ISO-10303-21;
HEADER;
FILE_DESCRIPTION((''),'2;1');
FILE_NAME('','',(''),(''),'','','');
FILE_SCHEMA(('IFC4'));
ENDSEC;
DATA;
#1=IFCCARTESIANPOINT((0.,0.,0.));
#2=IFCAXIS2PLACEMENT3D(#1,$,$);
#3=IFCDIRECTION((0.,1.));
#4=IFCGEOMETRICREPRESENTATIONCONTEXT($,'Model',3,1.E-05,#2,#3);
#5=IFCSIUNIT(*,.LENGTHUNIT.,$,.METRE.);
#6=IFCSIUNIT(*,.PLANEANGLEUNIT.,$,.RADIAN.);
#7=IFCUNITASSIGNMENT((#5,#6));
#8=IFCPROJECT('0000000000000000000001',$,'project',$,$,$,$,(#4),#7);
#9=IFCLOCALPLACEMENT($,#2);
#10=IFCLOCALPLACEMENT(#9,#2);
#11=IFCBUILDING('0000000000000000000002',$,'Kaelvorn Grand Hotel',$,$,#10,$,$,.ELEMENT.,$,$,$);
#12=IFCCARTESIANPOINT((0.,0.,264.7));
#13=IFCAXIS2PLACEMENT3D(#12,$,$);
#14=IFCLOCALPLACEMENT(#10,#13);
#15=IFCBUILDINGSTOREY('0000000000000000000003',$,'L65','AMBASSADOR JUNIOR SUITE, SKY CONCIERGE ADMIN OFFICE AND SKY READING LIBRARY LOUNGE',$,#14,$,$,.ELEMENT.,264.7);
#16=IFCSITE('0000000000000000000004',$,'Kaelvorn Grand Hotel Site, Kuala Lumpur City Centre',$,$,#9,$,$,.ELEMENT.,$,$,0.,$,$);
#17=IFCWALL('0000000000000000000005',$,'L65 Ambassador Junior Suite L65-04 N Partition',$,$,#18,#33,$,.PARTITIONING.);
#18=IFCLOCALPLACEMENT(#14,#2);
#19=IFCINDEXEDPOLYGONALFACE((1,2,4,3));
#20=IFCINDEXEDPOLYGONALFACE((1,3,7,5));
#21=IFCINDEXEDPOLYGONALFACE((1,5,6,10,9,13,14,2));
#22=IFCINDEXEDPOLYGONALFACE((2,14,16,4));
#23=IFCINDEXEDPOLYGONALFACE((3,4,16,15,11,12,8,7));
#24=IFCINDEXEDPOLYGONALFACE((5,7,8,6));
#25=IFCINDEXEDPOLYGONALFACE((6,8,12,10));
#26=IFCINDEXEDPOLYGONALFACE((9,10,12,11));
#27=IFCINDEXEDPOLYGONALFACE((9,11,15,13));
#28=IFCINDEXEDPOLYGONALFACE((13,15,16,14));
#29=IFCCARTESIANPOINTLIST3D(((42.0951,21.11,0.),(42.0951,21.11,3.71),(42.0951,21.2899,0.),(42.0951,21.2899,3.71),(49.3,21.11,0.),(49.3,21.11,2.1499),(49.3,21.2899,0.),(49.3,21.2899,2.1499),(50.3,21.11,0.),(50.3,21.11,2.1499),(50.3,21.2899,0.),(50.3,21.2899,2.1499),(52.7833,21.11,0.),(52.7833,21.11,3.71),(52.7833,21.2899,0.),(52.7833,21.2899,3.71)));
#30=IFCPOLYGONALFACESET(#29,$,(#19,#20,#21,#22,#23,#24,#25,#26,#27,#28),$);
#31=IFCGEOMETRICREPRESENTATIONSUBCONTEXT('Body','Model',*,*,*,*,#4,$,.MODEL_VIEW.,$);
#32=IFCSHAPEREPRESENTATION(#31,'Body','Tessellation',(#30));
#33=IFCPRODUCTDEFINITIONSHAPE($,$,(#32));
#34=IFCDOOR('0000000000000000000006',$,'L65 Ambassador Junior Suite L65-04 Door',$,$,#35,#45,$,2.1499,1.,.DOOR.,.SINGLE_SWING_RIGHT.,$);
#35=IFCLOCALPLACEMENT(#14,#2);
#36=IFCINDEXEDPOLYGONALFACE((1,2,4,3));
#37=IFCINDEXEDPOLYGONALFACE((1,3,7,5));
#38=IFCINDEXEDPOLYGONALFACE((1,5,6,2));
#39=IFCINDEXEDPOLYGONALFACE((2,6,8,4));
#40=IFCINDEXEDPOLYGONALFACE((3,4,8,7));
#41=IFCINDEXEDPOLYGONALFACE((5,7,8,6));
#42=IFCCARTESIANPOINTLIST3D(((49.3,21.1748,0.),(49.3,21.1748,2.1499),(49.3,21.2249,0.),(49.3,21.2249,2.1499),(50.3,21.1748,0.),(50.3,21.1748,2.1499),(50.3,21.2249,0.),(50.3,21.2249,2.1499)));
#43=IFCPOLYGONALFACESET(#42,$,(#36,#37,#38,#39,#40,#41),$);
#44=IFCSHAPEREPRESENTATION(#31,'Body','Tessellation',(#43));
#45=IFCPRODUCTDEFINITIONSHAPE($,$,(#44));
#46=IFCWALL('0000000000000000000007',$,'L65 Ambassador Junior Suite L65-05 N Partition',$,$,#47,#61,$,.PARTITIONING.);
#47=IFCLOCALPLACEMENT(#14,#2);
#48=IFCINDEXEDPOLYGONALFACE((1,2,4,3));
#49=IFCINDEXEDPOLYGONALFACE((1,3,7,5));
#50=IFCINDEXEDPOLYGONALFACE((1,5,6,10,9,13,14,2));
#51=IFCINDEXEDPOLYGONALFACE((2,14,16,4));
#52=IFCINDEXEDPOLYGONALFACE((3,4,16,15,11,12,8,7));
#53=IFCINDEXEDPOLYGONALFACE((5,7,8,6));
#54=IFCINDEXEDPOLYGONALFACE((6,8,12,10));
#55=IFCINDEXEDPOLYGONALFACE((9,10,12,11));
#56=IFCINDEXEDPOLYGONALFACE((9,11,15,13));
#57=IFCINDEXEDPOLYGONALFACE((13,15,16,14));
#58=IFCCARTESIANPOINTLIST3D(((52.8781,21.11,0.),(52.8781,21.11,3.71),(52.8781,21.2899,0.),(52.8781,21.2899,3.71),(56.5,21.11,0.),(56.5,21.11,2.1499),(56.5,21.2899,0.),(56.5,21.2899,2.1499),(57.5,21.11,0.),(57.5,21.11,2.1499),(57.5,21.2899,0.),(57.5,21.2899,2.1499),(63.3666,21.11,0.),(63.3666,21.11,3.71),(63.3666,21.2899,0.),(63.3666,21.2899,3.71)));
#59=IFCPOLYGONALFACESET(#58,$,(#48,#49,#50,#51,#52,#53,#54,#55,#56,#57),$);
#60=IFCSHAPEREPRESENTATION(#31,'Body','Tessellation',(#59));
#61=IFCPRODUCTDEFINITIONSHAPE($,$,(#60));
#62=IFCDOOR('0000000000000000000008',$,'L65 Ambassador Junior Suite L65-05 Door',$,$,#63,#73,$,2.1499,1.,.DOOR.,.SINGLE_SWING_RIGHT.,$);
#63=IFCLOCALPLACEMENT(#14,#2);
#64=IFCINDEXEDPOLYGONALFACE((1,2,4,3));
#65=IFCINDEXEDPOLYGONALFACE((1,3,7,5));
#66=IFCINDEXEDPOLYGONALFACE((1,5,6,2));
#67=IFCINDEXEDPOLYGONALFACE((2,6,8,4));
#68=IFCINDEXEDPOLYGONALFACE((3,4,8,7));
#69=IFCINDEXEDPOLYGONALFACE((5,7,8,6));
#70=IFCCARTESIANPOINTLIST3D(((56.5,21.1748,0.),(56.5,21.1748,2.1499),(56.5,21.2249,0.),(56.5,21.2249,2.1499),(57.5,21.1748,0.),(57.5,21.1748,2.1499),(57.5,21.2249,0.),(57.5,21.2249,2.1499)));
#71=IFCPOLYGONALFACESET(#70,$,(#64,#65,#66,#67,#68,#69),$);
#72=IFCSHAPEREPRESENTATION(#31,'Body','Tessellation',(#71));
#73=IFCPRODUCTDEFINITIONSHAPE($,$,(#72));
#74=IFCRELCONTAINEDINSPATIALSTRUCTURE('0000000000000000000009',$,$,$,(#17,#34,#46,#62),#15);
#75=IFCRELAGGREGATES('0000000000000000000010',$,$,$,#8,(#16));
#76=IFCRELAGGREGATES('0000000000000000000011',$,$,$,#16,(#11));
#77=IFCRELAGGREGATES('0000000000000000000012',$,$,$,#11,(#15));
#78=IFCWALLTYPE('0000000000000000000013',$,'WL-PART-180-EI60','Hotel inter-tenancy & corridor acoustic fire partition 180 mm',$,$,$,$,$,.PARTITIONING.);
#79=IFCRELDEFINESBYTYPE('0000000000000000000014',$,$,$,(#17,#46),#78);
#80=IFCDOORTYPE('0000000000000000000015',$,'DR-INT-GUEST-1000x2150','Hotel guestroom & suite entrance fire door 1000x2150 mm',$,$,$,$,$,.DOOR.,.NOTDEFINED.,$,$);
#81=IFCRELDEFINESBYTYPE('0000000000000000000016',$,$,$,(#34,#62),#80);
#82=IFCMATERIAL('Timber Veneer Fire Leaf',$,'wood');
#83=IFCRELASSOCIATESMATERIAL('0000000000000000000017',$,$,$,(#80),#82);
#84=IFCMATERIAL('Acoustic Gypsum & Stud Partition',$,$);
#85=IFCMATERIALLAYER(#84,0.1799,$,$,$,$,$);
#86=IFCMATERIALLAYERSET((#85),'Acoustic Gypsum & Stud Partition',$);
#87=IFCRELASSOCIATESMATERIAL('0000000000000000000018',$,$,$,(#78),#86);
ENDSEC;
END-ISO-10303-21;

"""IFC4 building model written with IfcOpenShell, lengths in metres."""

from ifc_helpers import new_model, si_unit, direction, frame, frame_2d, origin, place, context, subcontext, project, spatial, rectangle, extrude, material, layer, layer_set, type_object, element, fill, save


model = new_model("IFC4")

# Units and contexts
model_context = context("Model", 3, precision=1e-05, world=origin(), true_north=direction((0.0, 1.0)))
body_context = subcontext(model_context, "Body", "Model", "MODEL_VIEW")
ifc_project = project(units=[si_unit("LENGTHUNIT", "METRE"), si_unit("PLANEANGLEUNIT", "RADIAN")], contexts=[model_context])

# Site, building, storey
site_placement = place(None, origin())
site = spatial("IfcSite", under=ifc_project, at=site_placement, Name="Kaelvorn Grand Hotel Site, Kuala Lumpur City Centre", CompositionType="ELEMENT", RefElevation=0.0)
building_placement = place(site_placement, origin())
building = spatial("IfcBuilding", under=site, at=building_placement, Name="Kaelvorn Grand Hotel", CompositionType="ELEMENT")
storey_placement = place(building_placement, frame((0.0, 0.0, 264.7)))
storey = spatial("IfcBuildingStorey", under=building, at=storey_placement, Name="L65", Description="AMBASSADOR JUNIOR SUITE, SKY CONCIERGE ADMIN OFFICE AND SKY READING LIBRARY LOUNGE", CompositionType="ELEMENT", Elevation=264.7)

# Shared definitions
ifc_material_1 = material(Name="Acoustic Gypsum & Stud Partition")

# Shared definitions
ifc_material_2 = material(Name="Timber Veneer Fire Leaf", Category="wood")
door_type_1 = type_object("IfcDoorType", Name="DR-INT-GUEST-1000x2150", Description="Hotel guestroom & suite entrance fire door 1000x2150 mm", OperationType="NOTDEFINED", PredefinedType="DOOR", material=ifc_material_2)

# Walls, openings, doors
ifc_layer_1 = layer(ifc_material_1, 0.1799)
ifc_layer_set_1 = layer_set([ifc_layer_1], Name="Acoustic Gypsum & Stud Partition")
wall_type_1 = type_object("IfcWallType", Name="WL-PART-180-EI60", Description="Hotel inter-tenancy & corridor acoustic fire partition 180 mm", PredefinedType="PARTITIONING", material=ifc_layer_set_1)
wall_1_placement = place(storey_placement, frame((42.095, 21.2, 0.0), z_axis=(0.0, 0.0, 1.0), x_axis=(1.0, 0.0, 0.0)))
wall_1 = element("IfcWall", 1, at=wall_1_placement, inside=storey, type_object=wall_type_1, Name="L65 Ambassador Junior Suite L65-04 N Partition", PredefinedType="PARTITIONING", context=body_context, shape_type="SweptSolid", body=[
    extrude(rectangle(XDim=10.6882, YDim=0.1799, at=frame_2d((5.3442, 0.0))), origin(), (0.0, 0.0, 1.0), 3.71),
])
opening_1_placement = place(wall_1_placement, frame((7.2051, 0.0, 0.0)))
opening_1 = element("IfcOpeningElement", 2, at=opening_1_placement, cuts=wall_1, PredefinedType="OPENING", context=body_context, shape_type="SweptSolid", body=[
    extrude(rectangle(XDim=1.0, YDim=2.1499, at=frame_2d((0.5, 1.075))), frame((0.0, 0.1001, 0.0), z_axis=(0.0, -1.0, 0.0), x_axis=(1.0, 0.0, 0.0)), (0.0, 0.0, 1.0), 0.2),
])
door_1_placement = place(opening_1_placement, origin())
door_1 = element("IfcDoor", 3, at=door_1_placement, inside=storey, type_object=door_type_1, Name="L65 Ambassador Junior Suite L65-04 Door", OperationType="SINGLE_SWING_RIGHT", OverallHeight=2.1499, OverallWidth=1.0, PredefinedType="DOOR", context=body_context, shape_type="SweptSolid", body=[
    extrude(rectangle(XDim=1.0, YDim=2.1499, at=frame_2d((0.5, 1.075))), frame((0.0, 0.0249, 0.0), z_axis=(0.0, -1.0, 0.0), x_axis=(1.0, 0.0, 0.0)), (0.0, 0.0, 1.0), 0.05),
])
fill(opening_1, door_1)
wall_2_placement = place(storey_placement, frame((52.8782, 21.2, 0.0), z_axis=(0.0, 0.0, 1.0), x_axis=(1.0, 0.0, 0.0)))
wall_2 = element("IfcWall", 4, at=wall_2_placement, inside=storey, type_object=wall_type_1, Name="L65 Ambassador Junior Suite L65-05 N Partition", PredefinedType="PARTITIONING", context=body_context, shape_type="SweptSolid", body=[
    extrude(rectangle(XDim=10.4885, YDim=0.1799, at=frame_2d((5.2441, 0.0))), origin(), (0.0, 0.0, 1.0), 3.71),
])
opening_2_placement = place(wall_2_placement, frame((3.6218, 0.0, 0.0)))
opening_2 = element("IfcOpeningElement", 5, at=opening_2_placement, cuts=wall_2, PredefinedType="OPENING", context=body_context, shape_type="SweptSolid", body=[
    extrude(rectangle(XDim=1.0, YDim=2.1499, at=frame_2d((0.5, 1.075))), frame((0.0, 0.1001, 0.0), z_axis=(0.0, -1.0, 0.0), x_axis=(1.0, 0.0, 0.0)), (0.0, 0.0, 1.0), 0.2),
])
door_2_placement = place(opening_2_placement, origin())
door_2 = element("IfcDoor", 6, at=door_2_placement, inside=storey, type_object=door_type_1, Name="L65 Ambassador Junior Suite L65-05 Door", OperationType="SINGLE_SWING_RIGHT", OverallHeight=2.1499, OverallWidth=1.0, PredefinedType="DOOR", context=body_context, shape_type="SweptSolid", body=[
    extrude(rectangle(XDim=1.0, YDim=2.1499, at=frame_2d((0.5, 1.075))), frame((0.0, 0.0249, 0.0), z_axis=(0.0, -1.0, 0.0), x_axis=(1.0, 0.0, 0.0)), (0.0, 0.0, 1.0), 0.05),
])
fill(opening_2, door_2)

save(model, "model.ifc")
